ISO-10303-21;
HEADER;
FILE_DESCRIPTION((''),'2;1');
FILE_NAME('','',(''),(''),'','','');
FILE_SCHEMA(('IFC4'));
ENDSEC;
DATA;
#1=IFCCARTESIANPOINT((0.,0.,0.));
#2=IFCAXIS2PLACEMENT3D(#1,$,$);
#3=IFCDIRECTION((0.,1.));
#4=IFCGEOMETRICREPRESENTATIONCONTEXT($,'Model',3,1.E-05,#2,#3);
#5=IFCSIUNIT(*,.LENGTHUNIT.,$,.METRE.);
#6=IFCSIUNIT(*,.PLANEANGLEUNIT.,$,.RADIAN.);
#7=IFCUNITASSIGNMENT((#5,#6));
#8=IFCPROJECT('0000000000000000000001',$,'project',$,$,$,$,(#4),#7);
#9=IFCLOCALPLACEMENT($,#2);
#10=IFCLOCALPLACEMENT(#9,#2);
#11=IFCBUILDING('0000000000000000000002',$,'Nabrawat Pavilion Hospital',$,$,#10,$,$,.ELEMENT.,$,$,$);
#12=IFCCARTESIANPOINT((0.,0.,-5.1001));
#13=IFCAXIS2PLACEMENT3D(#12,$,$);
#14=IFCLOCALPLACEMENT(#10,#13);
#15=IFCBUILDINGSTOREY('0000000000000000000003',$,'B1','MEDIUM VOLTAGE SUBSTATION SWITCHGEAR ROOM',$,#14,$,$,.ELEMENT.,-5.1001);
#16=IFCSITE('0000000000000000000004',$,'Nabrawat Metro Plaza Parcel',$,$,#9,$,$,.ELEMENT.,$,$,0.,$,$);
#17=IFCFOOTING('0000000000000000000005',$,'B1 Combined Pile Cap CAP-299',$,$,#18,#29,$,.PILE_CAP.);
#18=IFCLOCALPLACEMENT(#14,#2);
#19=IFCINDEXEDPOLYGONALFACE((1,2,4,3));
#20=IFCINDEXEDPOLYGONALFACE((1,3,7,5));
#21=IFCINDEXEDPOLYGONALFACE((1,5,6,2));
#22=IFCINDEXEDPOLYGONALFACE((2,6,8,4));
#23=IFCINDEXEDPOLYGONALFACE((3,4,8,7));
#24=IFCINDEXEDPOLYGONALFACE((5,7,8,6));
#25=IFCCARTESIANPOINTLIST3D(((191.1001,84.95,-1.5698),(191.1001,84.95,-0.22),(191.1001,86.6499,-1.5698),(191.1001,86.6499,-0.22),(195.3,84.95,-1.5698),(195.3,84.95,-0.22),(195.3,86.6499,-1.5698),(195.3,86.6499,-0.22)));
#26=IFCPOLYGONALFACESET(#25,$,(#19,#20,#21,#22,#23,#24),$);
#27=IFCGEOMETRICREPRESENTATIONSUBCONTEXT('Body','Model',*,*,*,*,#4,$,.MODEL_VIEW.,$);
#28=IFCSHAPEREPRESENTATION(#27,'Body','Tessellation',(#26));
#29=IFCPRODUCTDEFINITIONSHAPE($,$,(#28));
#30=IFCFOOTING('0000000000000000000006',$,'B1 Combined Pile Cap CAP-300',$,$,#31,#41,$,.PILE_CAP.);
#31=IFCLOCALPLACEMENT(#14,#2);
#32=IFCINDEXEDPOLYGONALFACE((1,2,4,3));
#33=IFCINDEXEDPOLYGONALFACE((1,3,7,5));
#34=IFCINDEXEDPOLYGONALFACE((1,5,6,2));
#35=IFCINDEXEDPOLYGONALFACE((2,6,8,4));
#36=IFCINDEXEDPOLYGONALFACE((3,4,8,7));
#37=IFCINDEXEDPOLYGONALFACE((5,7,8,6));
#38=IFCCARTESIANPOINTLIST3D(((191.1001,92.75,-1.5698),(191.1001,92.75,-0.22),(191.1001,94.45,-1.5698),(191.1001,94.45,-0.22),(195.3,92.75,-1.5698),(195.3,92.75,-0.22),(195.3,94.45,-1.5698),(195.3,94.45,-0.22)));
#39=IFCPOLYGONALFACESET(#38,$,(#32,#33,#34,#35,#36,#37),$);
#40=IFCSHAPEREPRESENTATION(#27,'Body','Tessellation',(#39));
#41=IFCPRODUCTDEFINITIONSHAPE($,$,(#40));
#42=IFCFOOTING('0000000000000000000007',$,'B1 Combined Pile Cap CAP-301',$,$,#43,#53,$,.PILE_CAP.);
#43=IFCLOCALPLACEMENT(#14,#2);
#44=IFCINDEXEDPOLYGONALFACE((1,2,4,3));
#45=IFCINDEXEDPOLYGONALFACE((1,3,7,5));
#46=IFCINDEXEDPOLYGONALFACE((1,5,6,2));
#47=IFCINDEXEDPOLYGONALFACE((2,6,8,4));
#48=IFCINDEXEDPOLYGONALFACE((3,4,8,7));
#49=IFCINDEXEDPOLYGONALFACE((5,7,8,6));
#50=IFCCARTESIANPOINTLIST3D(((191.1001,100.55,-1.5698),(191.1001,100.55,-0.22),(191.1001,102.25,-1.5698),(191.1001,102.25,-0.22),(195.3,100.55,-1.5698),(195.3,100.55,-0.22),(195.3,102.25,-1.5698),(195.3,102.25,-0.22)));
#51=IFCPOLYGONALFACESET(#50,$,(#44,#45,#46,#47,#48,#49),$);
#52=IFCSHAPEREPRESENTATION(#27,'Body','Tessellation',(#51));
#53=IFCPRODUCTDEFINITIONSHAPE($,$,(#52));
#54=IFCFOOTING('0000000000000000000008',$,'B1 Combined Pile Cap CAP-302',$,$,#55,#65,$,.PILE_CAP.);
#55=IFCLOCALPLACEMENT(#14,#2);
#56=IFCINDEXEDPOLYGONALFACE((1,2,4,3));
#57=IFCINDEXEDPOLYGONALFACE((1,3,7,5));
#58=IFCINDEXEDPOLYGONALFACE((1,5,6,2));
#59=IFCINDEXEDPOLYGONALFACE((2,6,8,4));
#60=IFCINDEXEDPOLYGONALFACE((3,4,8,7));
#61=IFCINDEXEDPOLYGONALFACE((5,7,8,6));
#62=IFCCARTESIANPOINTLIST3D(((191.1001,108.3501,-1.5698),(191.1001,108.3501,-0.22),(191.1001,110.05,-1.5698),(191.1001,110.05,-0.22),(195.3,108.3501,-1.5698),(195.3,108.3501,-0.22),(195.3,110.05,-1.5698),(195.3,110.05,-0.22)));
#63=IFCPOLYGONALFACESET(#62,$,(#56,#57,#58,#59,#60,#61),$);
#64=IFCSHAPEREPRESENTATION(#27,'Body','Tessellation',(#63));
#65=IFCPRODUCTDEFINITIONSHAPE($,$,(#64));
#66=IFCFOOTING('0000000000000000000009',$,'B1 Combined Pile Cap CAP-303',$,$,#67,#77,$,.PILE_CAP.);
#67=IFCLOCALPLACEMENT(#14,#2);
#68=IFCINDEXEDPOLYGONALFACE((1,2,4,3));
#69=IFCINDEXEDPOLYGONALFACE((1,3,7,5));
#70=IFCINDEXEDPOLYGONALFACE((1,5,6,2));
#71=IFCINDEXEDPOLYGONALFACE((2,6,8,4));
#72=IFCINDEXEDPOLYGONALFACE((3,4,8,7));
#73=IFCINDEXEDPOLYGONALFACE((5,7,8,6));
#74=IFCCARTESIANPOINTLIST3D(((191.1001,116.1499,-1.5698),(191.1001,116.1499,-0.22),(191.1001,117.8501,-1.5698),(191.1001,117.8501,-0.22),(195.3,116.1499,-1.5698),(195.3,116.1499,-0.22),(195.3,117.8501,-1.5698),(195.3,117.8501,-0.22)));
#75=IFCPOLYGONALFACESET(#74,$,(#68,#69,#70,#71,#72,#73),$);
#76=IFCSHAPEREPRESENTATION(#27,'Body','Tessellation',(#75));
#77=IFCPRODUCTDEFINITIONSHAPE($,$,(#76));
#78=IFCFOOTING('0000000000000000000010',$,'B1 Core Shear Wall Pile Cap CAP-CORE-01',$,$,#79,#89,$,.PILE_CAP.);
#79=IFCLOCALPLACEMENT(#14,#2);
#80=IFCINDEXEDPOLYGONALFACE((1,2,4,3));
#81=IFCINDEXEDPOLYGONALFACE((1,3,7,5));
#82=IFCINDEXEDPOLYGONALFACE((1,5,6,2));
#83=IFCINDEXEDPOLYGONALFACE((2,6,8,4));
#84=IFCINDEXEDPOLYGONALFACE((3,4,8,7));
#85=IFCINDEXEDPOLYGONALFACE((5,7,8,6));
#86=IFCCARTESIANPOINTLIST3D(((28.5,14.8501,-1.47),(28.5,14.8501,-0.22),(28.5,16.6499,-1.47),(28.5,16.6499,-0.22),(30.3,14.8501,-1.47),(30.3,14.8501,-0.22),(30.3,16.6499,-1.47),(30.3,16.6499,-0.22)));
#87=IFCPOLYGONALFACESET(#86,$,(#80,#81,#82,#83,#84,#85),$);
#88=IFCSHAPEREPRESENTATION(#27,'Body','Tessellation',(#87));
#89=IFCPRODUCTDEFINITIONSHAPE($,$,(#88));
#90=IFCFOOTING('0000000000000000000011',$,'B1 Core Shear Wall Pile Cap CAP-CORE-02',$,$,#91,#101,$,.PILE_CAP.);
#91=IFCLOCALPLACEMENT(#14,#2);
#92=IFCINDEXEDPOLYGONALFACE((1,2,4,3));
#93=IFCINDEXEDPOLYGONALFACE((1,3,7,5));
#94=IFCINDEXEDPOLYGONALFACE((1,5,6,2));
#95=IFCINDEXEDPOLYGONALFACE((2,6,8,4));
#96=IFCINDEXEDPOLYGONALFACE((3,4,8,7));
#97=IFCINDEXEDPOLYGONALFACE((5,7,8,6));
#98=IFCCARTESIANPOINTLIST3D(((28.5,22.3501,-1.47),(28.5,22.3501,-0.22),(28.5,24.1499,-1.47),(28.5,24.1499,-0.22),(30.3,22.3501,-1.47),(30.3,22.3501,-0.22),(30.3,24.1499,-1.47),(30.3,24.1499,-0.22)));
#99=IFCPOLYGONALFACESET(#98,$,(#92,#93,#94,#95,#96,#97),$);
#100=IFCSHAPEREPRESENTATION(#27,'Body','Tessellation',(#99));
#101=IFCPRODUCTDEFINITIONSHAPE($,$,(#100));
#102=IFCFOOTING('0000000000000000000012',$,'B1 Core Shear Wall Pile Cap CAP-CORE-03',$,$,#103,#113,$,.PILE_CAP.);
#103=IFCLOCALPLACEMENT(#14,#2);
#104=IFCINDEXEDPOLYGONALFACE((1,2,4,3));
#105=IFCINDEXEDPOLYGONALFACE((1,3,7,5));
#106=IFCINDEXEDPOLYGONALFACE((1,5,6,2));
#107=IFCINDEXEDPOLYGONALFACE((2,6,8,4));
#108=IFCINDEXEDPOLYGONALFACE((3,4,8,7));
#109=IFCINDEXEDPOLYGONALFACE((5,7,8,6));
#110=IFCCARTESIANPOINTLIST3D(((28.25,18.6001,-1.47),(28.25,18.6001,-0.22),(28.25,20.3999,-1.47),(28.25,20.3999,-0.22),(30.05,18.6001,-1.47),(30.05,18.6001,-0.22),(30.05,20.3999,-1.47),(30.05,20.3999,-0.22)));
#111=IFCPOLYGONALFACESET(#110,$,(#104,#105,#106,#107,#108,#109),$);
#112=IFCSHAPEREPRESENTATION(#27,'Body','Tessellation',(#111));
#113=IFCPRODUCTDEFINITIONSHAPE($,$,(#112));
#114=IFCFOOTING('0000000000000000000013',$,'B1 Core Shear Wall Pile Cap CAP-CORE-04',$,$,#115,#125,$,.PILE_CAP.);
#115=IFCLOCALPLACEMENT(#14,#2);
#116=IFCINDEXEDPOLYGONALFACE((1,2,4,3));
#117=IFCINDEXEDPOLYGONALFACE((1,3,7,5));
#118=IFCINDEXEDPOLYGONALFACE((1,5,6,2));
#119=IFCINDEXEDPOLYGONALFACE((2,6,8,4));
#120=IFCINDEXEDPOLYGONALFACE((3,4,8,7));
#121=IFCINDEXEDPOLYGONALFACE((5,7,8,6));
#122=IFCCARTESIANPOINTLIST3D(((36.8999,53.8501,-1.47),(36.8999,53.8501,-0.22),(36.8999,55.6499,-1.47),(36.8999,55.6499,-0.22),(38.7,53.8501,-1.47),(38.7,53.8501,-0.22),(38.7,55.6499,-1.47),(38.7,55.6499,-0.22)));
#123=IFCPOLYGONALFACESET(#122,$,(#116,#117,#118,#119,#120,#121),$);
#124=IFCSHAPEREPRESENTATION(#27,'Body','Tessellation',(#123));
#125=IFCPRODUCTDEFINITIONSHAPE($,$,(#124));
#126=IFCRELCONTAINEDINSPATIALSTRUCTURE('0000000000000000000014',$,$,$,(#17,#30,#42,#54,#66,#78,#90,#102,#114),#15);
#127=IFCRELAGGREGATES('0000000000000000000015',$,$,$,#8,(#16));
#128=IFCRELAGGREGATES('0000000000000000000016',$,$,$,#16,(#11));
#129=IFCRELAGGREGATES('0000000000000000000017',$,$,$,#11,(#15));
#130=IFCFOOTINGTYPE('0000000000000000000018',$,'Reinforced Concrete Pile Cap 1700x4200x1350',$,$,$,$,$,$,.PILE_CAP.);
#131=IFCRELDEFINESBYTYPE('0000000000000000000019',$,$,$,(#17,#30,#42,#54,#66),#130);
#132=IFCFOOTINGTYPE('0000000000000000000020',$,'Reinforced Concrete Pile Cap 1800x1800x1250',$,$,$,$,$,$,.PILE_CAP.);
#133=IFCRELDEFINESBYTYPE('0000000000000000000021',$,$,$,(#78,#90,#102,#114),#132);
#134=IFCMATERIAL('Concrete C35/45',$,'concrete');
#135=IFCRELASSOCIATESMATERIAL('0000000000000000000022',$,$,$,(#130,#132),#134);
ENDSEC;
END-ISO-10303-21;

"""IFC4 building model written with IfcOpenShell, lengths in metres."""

from ifc_helpers import new_model, si_unit, direction, frame, origin, place, context, subcontext, project, spatial, polyline, outline, extrude, material, type_object, element, save


model = new_model("IFC4")

# Units and contexts
model_context = context("Model", 3, precision=1e-05, world=origin(), true_north=direction((0.0, 1.0)))
body_context = subcontext(model_context, "Body", "Model", "MODEL_VIEW")
ifc_project = project(units=[si_unit("LENGTHUNIT", "METRE"), si_unit("PLANEANGLEUNIT", "RADIAN")], contexts=[model_context])

# Site, building, storey
site_placement = place(None, origin())
site = spatial("IfcSite", under=ifc_project, at=site_placement, Name="Nabrawat Metro Plaza Parcel", CompositionType="ELEMENT", RefElevation=0.0)
building_placement = place(site_placement, origin())
building = spatial("IfcBuilding", under=site, at=building_placement, Name="Nabrawat Pavilion Hospital", CompositionType="ELEMENT")
storey_placement = place(building_placement, frame((0.0, 0.0, -5.1001)))
storey = spatial("IfcBuildingStorey", under=building, at=storey_placement, Name="B1", Description="MEDIUM VOLTAGE SUBSTATION SWITCHGEAR ROOM", CompositionType="ELEMENT", Elevation=-5.1001)

# Footings
ifc_material = material(Name="Concrete C35/45", Category="concrete")
footing_type_1 = type_object("IfcFootingType", Name="Reinforced Concrete Pile Cap 1700x4200x1350", PredefinedType="PILE_CAP", material=ifc_material)
footing_1_placement = place(storey_placement, frame((0.0, 0.0, -1.5698)))
element("IfcFooting", 1, at=footing_1_placement, inside=storey, type_object=footing_type_1, Name="B1 Combined Pile Cap CAP-299", PredefinedType="PILE_CAP", context=body_context, shape_type="SweptSolid", body=[
    extrude(outline(polyline([(195.3, 84.95), (195.3, 86.6499), (191.1001, 86.6499), (191.1001, 84.95), (195.3, 84.95)])), origin(), (0.0, 0.0, 1.0), 1.3499),
])
footing_2_placement = place(storey_placement, frame((0.0, 0.0, -1.5698)))
element("IfcFooting", 2, at=footing_2_placement, inside=storey, type_object=footing_type_1, Name="B1 Combined Pile Cap CAP-300", PredefinedType="PILE_CAP", context=body_context, shape_type="SweptSolid", body=[
    extrude(outline(polyline([(195.3, 92.75), (195.3, 94.45), (191.1001, 94.45), (191.1001, 92.75), (195.3, 92.75)])), origin(), (0.0, 0.0, 1.0), 1.3499),
])
footing_3_placement = place(storey_placement, frame((0.0, 0.0, -1.5698)))
element("IfcFooting", 3, at=footing_3_placement, inside=storey, type_object=footing_type_1, Name="B1 Combined Pile Cap CAP-301", PredefinedType="PILE_CAP", context=body_context, shape_type="SweptSolid", body=[
    extrude(outline(polyline([(195.3, 100.55), (195.3, 102.25), (191.1001, 102.25), (191.1001, 100.55), (195.3, 100.55)])), origin(), (0.0, 0.0, 1.0), 1.3499),
])
footing_4_placement = place(storey_placement, frame((0.0, 0.0, -1.5698)))
element("IfcFooting", 4, at=footing_4_placement, inside=storey, type_object=footing_type_1, Name="B1 Combined Pile Cap CAP-302", PredefinedType="PILE_CAP", context=body_context, shape_type="SweptSolid", body=[
    extrude(outline(polyline([(195.3, 108.3501), (195.3, 110.05), (191.1001, 110.05), (191.1001, 108.3501), (195.3, 108.3501)])), origin(), (0.0, 0.0, 1.0), 1.3499),
])
footing_5_placement = place(storey_placement, frame((0.0, 0.0, -1.5698)))
element("IfcFooting", 5, at=footing_5_placement, inside=storey, type_object=footing_type_1, Name="B1 Combined Pile Cap CAP-303", PredefinedType="PILE_CAP", context=body_context, shape_type="SweptSolid", body=[
    extrude(outline(polyline([(195.3, 116.1499), (195.3, 117.8501), (191.1001, 117.8501), (191.1001, 116.1499), (195.3, 116.1499)])), origin(), (0.0, 0.0, 1.0), 1.3499),
])
footing_type_2 = type_object("IfcFootingType", Name="Reinforced Concrete Pile Cap 1800x1800x1250", PredefinedType="PILE_CAP", material=ifc_material)
footing_6_placement = place(storey_placement, frame((0.0, 0.0, -1.47)))
element("IfcFooting", 6, at=footing_6_placement, inside=storey, type_object=footing_type_2, Name="B1 Core Shear Wall Pile Cap CAP-CORE-01", PredefinedType="PILE_CAP", context=body_context, shape_type="SweptSolid", body=[
    extrude(outline(polyline([(30.3, 14.8501), (30.3, 16.6499), (28.5, 16.6499), (28.5, 14.8501), (30.3, 14.8501)])), origin(), (0.0, 0.0, 1.0), 1.25),
])
footing_7_placement = place(storey_placement, frame((0.0, 0.0, -1.47)))
element("IfcFooting", 7, at=footing_7_placement, inside=storey, type_object=footing_type_2, Name="B1 Core Shear Wall Pile Cap CAP-CORE-02", PredefinedType="PILE_CAP", context=body_context, shape_type="SweptSolid", body=[
    extrude(outline(polyline([(30.3, 22.3501), (30.3, 24.1499), (28.5, 24.1499), (28.5, 22.3501), (30.3, 22.3501)])), origin(), (0.0, 0.0, 1.0), 1.25),
])
footing_8_placement = place(storey_placement, frame((0.0, 0.0, -1.47)))
element("IfcFooting", 8, at=footing_8_placement, inside=storey, type_object=footing_type_2, Name="B1 Core Shear Wall Pile Cap CAP-CORE-03", PredefinedType="PILE_CAP", context=body_context, shape_type="SweptSolid", body=[
    extrude(outline(polyline([(30.05, 18.6001), (30.05, 20.3999), (28.25, 20.3999), (28.25, 18.6001), (30.05, 18.6001)])), origin(), (0.0, 0.0, 1.0), 1.25),
])
footing_9_placement = place(storey_placement, frame((0.0, 0.0, -1.47)))
element("IfcFooting", 9, at=footing_9_placement, inside=storey, type_object=footing_type_2, Name="B1 Core Shear Wall Pile Cap CAP-CORE-04", PredefinedType="PILE_CAP", context=body_context, shape_type="SweptSolid", body=[
    extrude(outline(polyline([(38.7, 53.8501), (38.7, 55.6499), (36.8999, 55.6499), (36.8999, 53.8501), (38.7, 53.8501)])), origin(), (0.0, 0.0, 1.0), 1.25),
])

save(model, "model.ifc")
